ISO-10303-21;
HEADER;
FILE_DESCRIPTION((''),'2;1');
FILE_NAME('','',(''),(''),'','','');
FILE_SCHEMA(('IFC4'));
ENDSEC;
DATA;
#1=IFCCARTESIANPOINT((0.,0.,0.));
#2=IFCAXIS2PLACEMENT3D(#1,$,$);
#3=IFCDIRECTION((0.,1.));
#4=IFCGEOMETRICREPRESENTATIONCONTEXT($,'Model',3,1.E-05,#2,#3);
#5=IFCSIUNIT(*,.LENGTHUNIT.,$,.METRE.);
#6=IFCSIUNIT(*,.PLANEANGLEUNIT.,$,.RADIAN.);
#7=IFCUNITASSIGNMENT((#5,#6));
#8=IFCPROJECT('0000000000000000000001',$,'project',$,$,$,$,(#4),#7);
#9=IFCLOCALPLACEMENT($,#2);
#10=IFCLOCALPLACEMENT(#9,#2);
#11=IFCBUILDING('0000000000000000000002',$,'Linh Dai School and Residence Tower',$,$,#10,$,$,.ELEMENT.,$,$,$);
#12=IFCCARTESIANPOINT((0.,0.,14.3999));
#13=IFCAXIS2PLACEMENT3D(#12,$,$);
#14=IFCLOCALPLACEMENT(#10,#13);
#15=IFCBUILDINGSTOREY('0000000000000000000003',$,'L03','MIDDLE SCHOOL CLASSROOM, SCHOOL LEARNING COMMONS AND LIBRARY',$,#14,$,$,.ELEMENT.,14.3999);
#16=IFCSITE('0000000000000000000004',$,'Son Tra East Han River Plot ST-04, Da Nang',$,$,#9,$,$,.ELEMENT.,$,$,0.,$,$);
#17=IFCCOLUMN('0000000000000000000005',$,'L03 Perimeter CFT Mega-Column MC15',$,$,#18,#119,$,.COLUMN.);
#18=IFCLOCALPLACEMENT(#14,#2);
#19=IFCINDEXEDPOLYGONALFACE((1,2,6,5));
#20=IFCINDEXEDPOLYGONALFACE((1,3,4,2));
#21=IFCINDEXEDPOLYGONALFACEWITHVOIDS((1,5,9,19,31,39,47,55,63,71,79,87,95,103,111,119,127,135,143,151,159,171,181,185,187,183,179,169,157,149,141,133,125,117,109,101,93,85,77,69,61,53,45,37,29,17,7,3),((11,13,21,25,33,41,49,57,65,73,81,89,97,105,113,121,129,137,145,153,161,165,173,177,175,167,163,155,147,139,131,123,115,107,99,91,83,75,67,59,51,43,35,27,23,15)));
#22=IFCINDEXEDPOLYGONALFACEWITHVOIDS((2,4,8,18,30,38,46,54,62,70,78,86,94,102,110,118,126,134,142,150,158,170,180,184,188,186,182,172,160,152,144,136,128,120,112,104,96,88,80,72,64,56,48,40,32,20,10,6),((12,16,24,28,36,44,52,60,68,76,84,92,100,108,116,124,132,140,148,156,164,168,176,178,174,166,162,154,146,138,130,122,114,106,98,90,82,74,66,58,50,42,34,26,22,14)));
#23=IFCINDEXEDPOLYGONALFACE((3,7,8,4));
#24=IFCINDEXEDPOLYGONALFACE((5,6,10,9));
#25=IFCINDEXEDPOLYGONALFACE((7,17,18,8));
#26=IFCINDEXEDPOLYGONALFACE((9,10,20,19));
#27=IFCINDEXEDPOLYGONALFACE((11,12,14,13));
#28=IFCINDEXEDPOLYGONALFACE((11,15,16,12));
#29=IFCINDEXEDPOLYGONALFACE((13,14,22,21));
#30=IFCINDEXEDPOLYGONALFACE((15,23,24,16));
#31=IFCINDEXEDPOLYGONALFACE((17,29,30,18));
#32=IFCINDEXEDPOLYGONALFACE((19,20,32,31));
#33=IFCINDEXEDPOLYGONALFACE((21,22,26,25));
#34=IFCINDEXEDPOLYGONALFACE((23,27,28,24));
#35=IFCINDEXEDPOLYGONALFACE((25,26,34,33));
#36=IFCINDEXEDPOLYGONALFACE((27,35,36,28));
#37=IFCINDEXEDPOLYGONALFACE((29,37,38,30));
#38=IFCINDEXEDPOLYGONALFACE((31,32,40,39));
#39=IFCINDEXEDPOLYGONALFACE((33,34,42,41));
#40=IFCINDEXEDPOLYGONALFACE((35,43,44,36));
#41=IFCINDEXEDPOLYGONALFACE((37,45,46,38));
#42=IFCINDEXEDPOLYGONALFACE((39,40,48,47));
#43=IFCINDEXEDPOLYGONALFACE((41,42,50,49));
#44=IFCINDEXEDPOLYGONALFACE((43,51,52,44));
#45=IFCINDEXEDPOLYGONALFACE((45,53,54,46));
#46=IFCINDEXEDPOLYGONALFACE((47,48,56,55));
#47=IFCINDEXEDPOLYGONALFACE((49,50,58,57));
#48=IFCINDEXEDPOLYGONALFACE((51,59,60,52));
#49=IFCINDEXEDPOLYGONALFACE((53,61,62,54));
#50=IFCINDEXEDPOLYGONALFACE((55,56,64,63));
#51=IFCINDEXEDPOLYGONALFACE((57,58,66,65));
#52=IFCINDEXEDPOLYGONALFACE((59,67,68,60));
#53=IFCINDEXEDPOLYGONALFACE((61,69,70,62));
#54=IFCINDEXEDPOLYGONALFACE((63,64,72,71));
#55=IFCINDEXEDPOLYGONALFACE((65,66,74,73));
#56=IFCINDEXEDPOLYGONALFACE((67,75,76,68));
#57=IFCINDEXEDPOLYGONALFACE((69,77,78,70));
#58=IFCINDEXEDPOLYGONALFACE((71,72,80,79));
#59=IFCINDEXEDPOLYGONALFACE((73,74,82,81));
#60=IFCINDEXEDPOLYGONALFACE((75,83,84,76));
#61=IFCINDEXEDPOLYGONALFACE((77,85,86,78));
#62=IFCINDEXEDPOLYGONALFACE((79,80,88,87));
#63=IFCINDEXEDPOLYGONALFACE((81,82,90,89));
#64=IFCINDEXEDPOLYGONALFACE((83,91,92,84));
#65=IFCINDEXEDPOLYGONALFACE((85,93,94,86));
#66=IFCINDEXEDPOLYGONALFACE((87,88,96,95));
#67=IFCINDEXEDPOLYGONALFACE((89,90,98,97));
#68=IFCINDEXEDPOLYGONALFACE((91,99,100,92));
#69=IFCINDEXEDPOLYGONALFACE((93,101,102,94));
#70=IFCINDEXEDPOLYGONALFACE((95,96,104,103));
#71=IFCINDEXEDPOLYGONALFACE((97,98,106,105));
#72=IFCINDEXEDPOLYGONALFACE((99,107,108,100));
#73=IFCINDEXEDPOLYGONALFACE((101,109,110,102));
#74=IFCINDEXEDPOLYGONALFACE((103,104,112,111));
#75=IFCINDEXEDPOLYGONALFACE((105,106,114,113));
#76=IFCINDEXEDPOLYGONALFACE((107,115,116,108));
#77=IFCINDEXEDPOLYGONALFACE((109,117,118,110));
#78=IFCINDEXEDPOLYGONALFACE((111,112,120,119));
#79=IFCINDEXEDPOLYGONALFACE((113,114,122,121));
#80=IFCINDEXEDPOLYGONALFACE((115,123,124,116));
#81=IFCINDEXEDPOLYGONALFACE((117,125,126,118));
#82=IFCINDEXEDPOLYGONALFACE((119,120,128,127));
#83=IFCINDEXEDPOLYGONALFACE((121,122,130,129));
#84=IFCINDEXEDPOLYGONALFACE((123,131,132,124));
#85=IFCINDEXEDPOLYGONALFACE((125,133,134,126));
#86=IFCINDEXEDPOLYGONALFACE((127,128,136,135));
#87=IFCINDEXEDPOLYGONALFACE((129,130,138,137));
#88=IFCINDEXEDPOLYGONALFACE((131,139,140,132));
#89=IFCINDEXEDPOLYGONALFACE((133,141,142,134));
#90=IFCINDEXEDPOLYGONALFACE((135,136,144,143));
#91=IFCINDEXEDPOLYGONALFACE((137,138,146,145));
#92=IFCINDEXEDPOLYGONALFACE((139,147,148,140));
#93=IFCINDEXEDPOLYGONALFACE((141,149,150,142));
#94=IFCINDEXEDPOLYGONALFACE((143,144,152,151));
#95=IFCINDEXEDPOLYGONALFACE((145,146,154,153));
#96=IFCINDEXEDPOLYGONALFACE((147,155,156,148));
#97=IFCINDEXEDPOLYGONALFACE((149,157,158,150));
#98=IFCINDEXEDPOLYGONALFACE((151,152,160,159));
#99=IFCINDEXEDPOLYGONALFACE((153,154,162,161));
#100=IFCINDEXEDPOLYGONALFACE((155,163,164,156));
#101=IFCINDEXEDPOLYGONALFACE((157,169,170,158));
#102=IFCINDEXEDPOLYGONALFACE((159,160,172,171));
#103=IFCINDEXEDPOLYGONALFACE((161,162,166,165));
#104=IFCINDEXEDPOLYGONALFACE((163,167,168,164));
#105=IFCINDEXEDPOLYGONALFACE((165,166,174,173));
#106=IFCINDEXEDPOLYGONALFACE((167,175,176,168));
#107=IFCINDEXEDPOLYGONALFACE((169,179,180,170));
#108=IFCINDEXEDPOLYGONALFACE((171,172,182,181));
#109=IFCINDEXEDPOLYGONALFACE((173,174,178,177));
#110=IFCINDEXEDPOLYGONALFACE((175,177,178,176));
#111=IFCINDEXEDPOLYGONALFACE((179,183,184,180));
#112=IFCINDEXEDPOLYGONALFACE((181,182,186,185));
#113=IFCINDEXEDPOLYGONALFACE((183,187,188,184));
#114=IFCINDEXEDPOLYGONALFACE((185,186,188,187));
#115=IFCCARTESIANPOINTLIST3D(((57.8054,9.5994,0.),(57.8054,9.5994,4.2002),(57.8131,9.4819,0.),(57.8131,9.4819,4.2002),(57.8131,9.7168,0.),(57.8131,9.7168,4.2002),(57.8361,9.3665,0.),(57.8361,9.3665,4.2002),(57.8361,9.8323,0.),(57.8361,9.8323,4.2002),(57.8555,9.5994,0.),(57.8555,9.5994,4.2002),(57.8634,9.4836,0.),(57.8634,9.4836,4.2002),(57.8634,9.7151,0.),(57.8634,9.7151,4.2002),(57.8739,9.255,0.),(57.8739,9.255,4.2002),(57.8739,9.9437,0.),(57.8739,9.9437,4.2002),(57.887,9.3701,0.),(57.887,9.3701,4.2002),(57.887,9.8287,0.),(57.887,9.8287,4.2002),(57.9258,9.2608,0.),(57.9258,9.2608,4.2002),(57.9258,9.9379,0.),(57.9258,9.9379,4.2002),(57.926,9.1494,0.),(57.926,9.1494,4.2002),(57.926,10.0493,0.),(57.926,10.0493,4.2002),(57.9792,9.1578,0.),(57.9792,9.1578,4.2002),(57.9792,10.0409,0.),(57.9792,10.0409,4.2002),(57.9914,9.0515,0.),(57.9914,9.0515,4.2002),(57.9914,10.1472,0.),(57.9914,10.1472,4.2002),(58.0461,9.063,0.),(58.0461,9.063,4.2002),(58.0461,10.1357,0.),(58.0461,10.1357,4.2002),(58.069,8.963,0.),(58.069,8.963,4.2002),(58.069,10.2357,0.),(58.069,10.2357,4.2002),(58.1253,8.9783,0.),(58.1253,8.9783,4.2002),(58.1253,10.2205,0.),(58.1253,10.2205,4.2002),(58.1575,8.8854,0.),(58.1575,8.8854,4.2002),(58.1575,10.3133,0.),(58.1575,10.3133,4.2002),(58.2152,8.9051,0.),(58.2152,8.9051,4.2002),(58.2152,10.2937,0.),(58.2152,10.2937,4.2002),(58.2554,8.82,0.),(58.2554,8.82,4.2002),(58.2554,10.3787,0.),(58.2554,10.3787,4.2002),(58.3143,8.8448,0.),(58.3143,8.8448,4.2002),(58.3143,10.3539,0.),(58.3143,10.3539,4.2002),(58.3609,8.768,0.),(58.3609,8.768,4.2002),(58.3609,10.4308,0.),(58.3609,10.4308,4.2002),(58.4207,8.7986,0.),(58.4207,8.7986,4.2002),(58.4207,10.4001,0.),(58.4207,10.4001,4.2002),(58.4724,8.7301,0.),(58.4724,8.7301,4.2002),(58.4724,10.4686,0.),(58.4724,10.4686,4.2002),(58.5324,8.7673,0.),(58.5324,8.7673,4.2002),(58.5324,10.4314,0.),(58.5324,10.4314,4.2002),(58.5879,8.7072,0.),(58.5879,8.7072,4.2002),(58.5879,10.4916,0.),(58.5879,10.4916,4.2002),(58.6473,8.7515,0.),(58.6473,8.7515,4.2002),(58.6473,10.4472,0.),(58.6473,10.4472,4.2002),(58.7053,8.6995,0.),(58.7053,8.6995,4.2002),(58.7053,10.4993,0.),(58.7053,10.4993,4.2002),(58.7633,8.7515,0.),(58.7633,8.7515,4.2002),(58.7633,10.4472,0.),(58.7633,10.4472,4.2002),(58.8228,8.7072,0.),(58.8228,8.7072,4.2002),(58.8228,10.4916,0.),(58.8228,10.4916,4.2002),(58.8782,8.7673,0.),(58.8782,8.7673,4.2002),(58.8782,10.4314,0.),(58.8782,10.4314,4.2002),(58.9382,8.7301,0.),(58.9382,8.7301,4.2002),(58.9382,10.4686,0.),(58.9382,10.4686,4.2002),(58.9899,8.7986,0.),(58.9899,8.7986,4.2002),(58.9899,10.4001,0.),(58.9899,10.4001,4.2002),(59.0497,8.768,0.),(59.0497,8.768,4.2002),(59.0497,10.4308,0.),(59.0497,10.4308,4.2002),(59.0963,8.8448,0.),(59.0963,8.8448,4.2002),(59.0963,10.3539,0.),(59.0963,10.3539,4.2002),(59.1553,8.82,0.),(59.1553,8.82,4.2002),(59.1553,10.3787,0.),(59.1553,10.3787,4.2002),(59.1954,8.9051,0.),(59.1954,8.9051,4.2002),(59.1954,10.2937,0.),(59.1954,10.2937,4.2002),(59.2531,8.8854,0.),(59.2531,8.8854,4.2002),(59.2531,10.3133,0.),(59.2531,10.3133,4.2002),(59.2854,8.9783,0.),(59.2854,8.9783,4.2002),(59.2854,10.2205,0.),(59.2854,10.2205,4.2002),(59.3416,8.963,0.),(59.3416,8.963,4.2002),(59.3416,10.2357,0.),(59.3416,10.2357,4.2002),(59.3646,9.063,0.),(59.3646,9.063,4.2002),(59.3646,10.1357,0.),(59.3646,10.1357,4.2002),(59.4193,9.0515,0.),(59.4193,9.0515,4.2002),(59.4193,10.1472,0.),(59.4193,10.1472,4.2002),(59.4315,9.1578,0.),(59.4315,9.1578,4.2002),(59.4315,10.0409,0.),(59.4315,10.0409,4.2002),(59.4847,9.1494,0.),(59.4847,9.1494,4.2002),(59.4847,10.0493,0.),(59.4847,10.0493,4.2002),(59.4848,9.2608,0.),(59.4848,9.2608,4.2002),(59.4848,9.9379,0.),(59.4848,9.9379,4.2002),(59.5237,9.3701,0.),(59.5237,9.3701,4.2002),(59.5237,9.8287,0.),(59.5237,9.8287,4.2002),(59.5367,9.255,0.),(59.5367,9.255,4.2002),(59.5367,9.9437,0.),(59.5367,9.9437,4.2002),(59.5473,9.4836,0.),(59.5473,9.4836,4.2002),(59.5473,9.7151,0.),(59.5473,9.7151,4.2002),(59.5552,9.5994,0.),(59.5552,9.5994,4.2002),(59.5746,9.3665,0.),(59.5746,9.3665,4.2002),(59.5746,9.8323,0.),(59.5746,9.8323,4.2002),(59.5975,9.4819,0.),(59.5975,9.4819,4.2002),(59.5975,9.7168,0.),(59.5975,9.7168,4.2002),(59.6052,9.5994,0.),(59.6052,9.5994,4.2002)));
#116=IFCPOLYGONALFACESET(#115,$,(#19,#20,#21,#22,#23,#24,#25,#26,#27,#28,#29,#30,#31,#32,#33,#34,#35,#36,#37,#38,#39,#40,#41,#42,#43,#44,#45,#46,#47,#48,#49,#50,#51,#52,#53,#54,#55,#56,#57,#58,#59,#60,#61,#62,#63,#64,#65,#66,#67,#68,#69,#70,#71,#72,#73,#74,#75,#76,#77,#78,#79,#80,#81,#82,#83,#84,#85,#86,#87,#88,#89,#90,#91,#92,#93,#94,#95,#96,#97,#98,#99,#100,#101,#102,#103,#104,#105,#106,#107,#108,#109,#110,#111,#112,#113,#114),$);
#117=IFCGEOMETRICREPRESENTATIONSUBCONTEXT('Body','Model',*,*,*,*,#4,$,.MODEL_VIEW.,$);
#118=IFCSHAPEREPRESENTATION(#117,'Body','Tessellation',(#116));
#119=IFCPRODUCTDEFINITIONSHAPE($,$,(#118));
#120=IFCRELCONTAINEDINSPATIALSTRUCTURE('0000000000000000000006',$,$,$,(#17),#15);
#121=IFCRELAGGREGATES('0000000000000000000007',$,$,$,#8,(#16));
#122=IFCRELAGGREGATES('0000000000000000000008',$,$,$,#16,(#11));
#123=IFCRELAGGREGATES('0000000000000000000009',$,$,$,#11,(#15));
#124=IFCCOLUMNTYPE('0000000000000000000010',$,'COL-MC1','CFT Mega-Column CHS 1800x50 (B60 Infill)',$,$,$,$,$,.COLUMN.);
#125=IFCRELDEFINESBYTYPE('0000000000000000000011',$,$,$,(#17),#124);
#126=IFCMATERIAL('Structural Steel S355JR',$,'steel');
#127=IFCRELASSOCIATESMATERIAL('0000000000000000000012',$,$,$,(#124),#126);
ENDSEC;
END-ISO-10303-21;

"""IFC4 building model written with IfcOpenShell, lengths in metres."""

from ifc_helpers import new_model, si_unit, direction, frame, origin, origin_2d, place, context, subcontext, project, spatial, hollow_circle, extrude, material, material_profile, profile_set, type_object, element, save


model = new_model("IFC4")

# Units and contexts
model_context = context("Model", 3, precision=1e-05, world=origin(), true_north=direction((0.0, 1.0)))
body_context = subcontext(model_context, "Body", "Model", "MODEL_VIEW")
ifc_project = project(units=[si_unit("LENGTHUNIT", "METRE"), si_unit("PLANEANGLEUNIT", "RADIAN")], contexts=[model_context])

# Site, building, storey
site_placement = place(None, origin())
site = spatial("IfcSite", under=ifc_project, at=site_placement, Name="Son Tra East Han River Plot ST-04, Da Nang", CompositionType="ELEMENT", RefElevation=0.0)
building_placement = place(site_placement, origin())
building = spatial("IfcBuilding", under=site, at=building_placement, Name="Linh Dai School and Residence Tower", CompositionType="ELEMENT")
storey_placement = place(building_placement, frame((0.0, 0.0, 14.3999)))
storey = spatial("IfcBuildingStorey", under=building, at=storey_placement, Name="L03", Description="MIDDLE SCHOOL CLASSROOM, SCHOOL LEARNING COMMONS AND LIBRARY", CompositionType="ELEMENT", Elevation=14.3999)

# Column
ifc_material_1 = material(Name="Structural Steel S355JR", Category="steel")
ifc_material_profile_1 = material_profile(ifc_material_1, hollow_circle(Radius=0.8999, WallThickness=0.05, at=origin_2d()), Name="CHS 1800x50")
ifc_profile_set_1 = profile_set([ifc_material_profile_1], Name="Structural Steel S355JR")
column_type_1 = type_object("IfcColumnType", Name="COL-MC1", Description="CFT Mega-Column CHS 1800x50 (B60 Infill)", PredefinedType="COLUMN", material=ifc_profile_set_1)
for number, where, z_axis, x_axis, name in (
    (1, (58.7053, 9.5994, 0.0), (0.0, 0.0, 1.0), (1.0, 0.0, 0.0), "L03 Perimeter CFT Mega-Column MC15"),
):
    element("IfcColumn", number, at=place(storey_placement, frame(where, z_axis=z_axis, x_axis=x_axis)), inside=storey, type_object=column_type_1, Name=name, PredefinedType="COLUMN", context=body_context, shape_type="SweptSolid", body=[
        extrude(hollow_circle(Radius=0.8999, WallThickness=0.05, at=origin_2d()), origin(), (0.0, 0.0, 1.0), 4.2002),
    ])

save(model, "model.ifc")
